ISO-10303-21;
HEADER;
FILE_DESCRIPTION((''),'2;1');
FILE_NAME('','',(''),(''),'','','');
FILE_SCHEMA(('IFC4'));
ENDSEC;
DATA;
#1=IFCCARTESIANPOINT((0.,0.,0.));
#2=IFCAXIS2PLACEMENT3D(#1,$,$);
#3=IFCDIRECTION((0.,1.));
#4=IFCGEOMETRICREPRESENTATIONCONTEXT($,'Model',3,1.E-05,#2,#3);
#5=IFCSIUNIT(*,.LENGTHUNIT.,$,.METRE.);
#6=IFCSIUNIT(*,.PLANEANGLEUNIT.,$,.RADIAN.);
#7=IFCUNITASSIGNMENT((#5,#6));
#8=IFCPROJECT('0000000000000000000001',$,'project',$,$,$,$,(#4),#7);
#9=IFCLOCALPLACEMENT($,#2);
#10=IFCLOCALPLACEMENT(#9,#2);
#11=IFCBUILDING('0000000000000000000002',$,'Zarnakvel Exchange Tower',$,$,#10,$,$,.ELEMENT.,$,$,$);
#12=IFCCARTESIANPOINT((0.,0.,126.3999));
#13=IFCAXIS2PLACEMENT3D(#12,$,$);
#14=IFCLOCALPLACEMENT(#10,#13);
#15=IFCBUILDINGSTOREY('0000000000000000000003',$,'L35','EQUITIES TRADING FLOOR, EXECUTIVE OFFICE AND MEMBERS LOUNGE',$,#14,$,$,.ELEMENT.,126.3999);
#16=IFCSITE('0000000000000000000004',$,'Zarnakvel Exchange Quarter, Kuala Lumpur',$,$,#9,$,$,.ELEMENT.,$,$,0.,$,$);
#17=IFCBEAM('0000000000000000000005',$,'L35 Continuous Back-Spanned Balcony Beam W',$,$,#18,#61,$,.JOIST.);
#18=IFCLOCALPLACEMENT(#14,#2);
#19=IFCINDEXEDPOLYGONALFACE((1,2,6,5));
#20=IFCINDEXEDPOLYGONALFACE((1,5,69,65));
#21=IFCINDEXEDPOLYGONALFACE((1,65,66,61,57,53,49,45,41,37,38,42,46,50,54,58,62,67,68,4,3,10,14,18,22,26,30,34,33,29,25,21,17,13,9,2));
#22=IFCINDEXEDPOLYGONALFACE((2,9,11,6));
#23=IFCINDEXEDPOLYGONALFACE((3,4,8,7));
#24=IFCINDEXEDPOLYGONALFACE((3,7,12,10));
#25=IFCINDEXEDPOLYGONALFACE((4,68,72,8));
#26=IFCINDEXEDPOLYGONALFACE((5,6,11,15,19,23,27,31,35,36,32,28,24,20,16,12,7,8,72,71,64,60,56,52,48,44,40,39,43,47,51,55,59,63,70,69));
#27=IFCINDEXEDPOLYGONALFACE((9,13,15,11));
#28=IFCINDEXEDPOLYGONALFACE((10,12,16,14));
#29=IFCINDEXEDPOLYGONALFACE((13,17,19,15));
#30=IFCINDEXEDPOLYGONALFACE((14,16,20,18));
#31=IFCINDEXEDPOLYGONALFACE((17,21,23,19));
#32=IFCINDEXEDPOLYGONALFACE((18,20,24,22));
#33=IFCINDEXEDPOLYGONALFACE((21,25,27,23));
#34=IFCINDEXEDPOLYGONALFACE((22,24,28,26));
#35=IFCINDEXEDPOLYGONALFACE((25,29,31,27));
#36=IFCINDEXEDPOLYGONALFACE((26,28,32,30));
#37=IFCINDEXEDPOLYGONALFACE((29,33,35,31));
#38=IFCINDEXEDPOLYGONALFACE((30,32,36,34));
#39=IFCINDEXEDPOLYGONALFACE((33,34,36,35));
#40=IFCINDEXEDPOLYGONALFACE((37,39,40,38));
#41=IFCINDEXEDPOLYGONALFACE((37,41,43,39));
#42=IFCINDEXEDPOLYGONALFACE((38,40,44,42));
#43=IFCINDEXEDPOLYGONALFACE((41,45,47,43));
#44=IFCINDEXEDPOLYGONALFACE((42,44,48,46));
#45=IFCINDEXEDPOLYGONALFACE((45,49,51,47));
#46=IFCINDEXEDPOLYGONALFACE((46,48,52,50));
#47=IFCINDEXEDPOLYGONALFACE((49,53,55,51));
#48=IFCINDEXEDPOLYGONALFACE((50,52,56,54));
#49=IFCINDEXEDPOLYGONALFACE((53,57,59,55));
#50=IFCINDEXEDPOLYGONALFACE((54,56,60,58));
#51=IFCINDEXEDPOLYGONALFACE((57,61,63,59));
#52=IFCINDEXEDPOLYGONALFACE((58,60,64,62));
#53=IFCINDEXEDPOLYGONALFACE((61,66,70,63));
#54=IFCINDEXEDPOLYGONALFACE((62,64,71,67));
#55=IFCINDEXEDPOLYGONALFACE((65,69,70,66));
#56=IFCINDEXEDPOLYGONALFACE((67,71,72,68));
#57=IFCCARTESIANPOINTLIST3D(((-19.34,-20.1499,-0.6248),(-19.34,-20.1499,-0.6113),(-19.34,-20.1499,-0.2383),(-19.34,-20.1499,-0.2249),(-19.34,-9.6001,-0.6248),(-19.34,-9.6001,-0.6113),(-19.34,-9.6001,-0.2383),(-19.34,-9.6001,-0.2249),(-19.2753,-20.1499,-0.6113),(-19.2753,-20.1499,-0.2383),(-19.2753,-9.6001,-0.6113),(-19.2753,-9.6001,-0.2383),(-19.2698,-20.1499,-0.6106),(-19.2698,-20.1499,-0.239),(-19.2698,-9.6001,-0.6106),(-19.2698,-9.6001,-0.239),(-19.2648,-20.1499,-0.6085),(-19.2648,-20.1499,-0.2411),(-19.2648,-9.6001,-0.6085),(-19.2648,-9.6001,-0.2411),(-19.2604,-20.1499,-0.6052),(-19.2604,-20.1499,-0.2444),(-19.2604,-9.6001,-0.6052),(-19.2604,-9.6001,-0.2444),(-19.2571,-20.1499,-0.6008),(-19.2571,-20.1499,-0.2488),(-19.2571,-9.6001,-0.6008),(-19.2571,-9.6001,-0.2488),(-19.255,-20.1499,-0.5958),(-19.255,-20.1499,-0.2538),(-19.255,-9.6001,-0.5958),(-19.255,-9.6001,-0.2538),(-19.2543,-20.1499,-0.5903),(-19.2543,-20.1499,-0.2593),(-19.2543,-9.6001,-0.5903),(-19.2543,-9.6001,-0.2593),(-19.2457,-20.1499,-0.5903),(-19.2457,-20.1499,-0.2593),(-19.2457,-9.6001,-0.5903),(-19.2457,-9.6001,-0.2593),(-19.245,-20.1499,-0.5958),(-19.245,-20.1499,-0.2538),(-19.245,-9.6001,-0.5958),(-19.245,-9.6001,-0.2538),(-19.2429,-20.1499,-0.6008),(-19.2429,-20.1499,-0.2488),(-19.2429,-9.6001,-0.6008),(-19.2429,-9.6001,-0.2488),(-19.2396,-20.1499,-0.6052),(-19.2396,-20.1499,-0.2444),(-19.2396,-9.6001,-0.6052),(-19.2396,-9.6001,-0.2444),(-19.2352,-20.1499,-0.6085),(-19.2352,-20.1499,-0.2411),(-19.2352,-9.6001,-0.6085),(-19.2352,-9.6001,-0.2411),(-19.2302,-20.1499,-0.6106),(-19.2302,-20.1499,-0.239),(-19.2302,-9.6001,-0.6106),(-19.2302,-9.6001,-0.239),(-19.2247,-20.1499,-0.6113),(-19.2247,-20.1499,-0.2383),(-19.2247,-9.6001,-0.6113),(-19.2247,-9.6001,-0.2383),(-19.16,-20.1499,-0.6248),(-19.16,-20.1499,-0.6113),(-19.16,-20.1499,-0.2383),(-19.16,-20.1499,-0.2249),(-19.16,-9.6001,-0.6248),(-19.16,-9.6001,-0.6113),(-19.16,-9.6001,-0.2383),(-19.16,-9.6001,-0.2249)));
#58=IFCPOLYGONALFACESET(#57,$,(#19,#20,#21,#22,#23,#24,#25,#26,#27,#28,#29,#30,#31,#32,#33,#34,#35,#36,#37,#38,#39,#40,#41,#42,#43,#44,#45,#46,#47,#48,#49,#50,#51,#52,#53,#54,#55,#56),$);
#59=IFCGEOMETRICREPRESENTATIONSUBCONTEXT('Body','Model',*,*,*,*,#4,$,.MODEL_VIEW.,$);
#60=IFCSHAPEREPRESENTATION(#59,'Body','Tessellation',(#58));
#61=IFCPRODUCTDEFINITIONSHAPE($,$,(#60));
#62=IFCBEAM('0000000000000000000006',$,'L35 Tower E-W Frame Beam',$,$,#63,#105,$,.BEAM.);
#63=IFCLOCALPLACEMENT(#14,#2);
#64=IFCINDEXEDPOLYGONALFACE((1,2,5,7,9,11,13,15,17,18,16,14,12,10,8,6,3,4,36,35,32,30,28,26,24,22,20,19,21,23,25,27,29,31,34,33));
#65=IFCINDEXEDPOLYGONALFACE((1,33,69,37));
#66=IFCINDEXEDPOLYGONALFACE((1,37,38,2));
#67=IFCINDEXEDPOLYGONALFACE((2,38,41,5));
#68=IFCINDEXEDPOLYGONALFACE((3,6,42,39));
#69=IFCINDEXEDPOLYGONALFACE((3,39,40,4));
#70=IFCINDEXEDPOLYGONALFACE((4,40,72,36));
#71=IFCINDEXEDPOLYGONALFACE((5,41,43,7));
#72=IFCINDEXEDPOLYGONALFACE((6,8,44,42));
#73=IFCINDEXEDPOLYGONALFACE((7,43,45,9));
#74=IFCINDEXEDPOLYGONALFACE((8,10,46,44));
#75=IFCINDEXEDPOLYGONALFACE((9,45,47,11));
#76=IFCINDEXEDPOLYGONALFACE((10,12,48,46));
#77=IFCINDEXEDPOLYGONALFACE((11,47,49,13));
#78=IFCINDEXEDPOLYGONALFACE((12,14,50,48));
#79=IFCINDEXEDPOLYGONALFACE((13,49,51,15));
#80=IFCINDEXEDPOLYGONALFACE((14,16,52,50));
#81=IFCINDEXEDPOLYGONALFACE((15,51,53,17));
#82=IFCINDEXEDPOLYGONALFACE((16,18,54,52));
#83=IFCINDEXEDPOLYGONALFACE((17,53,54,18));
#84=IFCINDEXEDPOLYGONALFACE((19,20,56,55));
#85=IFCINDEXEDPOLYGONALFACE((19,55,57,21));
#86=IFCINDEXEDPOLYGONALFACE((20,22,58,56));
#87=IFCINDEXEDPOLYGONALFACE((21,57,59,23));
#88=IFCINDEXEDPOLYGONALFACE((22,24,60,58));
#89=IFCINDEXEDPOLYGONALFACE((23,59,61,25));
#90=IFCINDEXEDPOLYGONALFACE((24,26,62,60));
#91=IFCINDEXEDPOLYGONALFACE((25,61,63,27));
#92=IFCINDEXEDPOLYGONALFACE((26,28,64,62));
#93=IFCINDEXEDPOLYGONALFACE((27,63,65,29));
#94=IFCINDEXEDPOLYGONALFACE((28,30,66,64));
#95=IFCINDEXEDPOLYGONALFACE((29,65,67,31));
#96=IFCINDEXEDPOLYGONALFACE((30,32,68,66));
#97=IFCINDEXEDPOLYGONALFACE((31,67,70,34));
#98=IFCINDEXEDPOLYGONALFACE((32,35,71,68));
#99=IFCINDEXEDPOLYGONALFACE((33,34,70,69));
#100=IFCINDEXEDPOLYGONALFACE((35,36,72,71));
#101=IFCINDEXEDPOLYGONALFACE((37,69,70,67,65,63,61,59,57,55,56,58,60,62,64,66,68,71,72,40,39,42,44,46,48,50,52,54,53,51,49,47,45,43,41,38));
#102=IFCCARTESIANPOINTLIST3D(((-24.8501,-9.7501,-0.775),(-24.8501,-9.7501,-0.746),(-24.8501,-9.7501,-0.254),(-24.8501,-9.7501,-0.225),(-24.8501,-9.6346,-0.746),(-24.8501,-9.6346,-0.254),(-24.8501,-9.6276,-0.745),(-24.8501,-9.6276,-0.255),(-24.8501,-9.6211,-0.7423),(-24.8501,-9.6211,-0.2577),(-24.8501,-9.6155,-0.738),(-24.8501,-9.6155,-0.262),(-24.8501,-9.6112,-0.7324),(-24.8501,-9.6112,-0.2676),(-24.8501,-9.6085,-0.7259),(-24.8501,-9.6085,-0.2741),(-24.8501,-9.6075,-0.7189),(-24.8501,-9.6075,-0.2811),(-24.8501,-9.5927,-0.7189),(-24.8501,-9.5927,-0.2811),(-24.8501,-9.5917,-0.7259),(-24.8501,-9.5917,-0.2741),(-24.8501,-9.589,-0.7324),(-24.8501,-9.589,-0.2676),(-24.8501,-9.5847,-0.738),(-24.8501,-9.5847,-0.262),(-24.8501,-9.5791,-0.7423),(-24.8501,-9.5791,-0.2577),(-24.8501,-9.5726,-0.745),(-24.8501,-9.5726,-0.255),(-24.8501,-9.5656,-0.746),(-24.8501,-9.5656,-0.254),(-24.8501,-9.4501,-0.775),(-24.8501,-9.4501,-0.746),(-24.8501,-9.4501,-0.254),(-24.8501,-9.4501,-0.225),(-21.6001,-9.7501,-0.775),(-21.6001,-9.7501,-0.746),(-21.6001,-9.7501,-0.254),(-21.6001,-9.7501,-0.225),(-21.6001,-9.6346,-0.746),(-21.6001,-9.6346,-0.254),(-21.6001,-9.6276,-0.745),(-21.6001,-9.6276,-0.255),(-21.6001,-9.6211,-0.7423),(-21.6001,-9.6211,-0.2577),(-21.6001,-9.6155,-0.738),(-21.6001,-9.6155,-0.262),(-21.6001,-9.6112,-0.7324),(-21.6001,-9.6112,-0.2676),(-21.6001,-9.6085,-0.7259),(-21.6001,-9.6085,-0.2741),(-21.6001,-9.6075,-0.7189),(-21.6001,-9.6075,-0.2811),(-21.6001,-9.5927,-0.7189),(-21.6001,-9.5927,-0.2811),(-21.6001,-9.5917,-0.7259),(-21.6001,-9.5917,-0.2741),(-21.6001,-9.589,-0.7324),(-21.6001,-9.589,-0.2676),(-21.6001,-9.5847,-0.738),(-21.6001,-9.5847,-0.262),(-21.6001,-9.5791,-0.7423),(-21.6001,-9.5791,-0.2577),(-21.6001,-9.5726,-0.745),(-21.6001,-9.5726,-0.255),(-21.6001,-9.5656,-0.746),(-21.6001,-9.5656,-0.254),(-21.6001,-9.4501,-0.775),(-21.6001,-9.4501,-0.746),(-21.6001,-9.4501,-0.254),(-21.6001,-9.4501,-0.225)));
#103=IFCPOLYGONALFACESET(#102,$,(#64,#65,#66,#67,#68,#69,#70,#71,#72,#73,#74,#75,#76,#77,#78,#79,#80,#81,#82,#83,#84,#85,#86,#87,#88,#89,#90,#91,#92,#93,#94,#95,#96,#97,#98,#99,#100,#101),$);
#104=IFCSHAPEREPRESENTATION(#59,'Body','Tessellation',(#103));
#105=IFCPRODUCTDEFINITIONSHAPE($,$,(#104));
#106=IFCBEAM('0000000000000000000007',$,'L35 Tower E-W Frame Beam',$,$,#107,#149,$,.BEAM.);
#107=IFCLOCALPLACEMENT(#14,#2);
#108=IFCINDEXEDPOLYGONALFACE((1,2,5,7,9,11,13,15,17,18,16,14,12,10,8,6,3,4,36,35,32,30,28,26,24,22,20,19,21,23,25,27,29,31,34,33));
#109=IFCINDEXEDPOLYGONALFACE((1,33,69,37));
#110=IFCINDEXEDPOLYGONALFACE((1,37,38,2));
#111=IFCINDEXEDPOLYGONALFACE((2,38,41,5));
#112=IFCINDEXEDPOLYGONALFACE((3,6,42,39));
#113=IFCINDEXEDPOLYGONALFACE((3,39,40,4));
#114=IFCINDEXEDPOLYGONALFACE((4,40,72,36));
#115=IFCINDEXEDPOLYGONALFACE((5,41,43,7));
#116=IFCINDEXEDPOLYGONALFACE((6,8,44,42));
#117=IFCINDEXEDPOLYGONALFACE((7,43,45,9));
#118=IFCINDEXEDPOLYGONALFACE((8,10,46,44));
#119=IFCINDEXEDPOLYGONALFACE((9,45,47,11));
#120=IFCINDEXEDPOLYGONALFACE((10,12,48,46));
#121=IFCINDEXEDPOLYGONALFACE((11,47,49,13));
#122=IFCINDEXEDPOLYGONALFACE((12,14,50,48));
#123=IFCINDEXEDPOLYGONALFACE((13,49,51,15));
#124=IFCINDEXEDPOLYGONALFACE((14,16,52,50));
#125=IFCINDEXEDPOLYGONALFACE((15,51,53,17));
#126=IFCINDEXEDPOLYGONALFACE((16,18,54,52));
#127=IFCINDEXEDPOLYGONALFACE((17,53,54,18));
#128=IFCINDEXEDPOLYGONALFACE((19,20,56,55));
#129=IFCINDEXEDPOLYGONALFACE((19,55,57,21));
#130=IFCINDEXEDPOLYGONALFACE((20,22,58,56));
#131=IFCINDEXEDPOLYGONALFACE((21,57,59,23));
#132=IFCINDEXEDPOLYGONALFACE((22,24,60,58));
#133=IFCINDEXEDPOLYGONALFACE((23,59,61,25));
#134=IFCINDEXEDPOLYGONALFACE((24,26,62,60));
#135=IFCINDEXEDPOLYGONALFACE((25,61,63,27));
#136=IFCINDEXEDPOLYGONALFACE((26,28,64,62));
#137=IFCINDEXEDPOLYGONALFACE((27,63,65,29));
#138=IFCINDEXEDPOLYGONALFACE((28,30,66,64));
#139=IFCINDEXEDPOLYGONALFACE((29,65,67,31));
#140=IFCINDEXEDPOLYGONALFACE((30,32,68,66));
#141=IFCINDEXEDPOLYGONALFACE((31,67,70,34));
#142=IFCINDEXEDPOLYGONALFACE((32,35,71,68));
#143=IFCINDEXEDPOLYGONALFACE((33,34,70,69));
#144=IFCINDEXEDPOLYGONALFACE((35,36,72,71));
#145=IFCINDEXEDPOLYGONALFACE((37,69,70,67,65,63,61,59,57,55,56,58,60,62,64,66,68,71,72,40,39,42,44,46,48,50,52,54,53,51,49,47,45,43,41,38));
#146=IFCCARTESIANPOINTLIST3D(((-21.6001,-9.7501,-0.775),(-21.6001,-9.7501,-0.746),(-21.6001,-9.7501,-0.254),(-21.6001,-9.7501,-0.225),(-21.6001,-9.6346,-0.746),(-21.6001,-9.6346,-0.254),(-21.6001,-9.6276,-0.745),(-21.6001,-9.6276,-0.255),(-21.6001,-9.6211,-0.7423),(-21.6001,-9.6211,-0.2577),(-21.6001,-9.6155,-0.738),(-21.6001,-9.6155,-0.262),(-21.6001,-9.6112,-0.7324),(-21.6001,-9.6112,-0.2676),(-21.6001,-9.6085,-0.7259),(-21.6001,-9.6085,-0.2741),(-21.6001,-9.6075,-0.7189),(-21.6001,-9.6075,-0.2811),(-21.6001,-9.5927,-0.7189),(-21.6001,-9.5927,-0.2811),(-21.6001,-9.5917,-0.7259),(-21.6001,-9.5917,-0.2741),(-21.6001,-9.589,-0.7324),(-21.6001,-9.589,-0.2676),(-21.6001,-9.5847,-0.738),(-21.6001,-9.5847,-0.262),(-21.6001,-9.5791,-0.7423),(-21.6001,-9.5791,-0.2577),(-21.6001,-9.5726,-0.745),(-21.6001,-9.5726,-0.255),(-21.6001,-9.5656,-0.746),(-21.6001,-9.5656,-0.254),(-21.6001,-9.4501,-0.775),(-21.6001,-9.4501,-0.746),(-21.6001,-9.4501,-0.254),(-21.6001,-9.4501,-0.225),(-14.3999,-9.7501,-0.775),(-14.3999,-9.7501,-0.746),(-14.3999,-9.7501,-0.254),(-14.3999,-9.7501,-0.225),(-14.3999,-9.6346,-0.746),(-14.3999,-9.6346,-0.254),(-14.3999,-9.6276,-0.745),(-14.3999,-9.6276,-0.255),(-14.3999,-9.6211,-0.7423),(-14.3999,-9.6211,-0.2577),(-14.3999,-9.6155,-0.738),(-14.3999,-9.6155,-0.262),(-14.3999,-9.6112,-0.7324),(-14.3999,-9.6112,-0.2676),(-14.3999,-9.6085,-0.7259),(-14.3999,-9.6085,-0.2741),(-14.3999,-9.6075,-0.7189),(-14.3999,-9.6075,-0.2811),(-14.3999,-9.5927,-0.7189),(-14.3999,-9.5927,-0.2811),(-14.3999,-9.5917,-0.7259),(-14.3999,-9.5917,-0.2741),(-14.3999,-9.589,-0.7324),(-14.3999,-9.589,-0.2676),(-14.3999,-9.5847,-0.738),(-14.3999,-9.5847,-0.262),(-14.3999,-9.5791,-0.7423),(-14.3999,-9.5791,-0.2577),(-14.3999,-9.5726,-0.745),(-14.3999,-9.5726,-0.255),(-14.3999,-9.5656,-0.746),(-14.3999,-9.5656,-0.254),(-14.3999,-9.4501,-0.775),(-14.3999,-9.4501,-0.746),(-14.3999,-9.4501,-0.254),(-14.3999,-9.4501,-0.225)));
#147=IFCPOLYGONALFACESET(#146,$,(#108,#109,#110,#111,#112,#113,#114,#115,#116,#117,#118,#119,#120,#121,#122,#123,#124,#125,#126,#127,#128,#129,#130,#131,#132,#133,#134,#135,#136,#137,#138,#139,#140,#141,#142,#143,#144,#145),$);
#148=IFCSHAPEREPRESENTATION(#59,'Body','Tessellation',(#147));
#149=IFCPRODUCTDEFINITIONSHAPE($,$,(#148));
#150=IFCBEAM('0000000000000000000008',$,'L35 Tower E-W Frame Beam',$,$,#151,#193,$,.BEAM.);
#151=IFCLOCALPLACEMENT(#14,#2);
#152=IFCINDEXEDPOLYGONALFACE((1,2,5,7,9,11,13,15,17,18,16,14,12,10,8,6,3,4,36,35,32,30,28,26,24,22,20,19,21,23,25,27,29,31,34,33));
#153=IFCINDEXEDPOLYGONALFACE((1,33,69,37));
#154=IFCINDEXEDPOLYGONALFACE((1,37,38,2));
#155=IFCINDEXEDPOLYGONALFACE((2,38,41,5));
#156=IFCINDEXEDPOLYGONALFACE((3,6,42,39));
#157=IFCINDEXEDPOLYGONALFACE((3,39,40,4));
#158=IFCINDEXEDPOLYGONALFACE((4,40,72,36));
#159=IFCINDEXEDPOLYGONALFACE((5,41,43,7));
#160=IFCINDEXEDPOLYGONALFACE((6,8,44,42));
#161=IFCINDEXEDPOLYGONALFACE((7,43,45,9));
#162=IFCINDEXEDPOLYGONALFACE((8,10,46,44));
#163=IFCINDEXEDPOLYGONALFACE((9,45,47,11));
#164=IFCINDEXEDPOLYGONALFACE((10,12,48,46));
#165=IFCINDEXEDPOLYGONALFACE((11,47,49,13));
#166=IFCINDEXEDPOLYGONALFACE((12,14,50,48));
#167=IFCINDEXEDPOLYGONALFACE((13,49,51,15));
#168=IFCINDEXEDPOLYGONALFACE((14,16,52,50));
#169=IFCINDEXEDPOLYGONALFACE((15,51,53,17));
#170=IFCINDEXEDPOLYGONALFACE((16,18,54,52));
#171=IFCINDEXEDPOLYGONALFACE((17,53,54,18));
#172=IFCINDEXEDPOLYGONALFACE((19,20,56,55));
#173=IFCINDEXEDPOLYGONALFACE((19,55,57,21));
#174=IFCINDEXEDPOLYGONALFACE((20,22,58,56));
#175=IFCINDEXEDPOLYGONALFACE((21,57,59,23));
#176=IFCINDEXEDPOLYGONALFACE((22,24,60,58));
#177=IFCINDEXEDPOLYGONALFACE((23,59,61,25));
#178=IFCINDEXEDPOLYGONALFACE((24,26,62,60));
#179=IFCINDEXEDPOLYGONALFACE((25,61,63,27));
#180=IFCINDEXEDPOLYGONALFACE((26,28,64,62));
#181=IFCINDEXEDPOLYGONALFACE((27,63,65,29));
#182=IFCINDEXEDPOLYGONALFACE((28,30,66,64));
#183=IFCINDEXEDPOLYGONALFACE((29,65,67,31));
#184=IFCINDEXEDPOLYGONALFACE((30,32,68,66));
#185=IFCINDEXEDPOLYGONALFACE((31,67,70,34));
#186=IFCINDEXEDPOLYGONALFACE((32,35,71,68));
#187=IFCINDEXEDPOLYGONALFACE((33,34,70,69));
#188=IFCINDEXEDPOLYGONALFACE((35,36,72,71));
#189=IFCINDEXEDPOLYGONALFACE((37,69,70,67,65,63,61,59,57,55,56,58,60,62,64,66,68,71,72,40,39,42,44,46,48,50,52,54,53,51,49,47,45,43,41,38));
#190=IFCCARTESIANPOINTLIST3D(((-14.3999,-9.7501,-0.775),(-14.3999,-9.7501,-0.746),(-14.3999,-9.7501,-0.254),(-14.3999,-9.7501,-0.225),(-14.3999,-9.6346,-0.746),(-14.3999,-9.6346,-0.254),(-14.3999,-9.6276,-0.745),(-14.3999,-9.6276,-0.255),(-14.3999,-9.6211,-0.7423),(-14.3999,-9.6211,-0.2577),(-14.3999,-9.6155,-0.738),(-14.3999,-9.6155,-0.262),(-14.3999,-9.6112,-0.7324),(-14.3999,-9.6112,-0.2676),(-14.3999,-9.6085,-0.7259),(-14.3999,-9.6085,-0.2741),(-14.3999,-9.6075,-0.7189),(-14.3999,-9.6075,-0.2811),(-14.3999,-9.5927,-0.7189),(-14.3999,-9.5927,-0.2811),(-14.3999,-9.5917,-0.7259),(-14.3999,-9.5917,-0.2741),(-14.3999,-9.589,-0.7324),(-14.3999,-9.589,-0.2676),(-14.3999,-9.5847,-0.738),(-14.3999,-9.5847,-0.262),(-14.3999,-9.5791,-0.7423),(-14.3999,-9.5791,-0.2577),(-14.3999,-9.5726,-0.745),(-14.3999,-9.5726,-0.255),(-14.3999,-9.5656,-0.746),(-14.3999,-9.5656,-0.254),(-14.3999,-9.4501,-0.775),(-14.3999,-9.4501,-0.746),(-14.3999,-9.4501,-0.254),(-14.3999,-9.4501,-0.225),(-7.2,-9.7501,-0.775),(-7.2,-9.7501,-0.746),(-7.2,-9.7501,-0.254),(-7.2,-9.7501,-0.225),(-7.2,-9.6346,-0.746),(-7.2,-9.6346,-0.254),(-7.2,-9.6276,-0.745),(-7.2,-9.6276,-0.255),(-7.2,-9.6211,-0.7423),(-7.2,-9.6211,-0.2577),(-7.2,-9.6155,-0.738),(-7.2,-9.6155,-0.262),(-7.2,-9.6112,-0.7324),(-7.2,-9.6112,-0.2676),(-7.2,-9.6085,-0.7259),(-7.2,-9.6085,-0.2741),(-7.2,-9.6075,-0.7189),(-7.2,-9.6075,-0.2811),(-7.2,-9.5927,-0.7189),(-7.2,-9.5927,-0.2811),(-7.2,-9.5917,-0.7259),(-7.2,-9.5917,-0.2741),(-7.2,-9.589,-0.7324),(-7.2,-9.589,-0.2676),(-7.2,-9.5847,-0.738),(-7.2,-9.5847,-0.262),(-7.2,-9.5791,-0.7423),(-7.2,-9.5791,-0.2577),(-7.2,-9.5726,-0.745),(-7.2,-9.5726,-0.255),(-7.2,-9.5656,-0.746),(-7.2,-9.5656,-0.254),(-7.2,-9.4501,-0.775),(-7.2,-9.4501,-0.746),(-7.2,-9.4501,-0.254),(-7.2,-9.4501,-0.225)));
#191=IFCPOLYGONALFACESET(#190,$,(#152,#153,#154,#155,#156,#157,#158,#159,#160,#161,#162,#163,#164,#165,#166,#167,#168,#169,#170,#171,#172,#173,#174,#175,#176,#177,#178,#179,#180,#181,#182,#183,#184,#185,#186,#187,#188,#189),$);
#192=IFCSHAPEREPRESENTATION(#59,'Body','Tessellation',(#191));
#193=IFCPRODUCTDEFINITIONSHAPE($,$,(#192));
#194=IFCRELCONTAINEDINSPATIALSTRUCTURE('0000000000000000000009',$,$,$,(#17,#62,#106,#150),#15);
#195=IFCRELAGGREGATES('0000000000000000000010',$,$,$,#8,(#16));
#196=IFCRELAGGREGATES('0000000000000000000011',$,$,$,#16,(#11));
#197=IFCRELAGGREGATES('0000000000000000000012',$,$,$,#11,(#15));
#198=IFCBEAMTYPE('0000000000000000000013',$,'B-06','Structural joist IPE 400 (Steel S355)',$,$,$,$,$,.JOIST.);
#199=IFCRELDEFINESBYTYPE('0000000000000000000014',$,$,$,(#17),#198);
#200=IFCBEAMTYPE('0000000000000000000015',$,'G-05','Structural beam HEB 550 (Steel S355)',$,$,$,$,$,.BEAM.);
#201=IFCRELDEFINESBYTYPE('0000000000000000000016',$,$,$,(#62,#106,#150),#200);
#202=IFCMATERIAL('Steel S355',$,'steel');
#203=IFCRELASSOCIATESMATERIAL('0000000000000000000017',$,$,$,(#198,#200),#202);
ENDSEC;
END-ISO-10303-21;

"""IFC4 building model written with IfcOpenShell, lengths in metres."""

from ifc_helpers import new_model, si_unit, direction, frame, origin, origin_2d, place, context, subcontext, project, spatial, i_section, extrude, material, material_profile, profile_set, type_object, element, save


model = new_model("IFC4")

# Units and contexts
model_context = context("Model", 3, precision=1e-05, world=origin(), true_north=direction((0.0, 1.0)))
body_context = subcontext(model_context, "Body", "Model", "MODEL_VIEW")
ifc_project = project(units=[si_unit("LENGTHUNIT", "METRE"), si_unit("PLANEANGLEUNIT", "RADIAN")], contexts=[model_context])

# Site, building, storey
site_placement = place(None, origin())
site = spatial("IfcSite", under=ifc_project, at=site_placement, Name="Zarnakvel Exchange Quarter, Kuala Lumpur", CompositionType="ELEMENT", RefElevation=0.0)
building_placement = place(site_placement, origin())
building = spatial("IfcBuilding", under=site, at=building_placement, Name="Zarnakvel Exchange Tower", CompositionType="ELEMENT")
storey_placement = place(building_placement, frame((0.0, 0.0, 126.3999)))
storey = spatial("IfcBuildingStorey", under=building, at=storey_placement, Name="L35", Description="EQUITIES TRADING FLOOR, EXECUTIVE OFFICE AND MEMBERS LOUNGE", CompositionType="ELEMENT", Elevation=126.3999)

# Shared definitions
ifc_material_1 = material(Name="Steel S355", Category="steel")

# Beams
ifc_material_profile_1 = material_profile(ifc_material_1, i_section(OverallWidth=0.1799, OverallDepth=0.3999, WebThickness=0.0085, FlangeThickness=0.0134, FilletRadius=0.021, at=origin_2d()))
ifc_profile_set_1 = profile_set([ifc_material_profile_1], Name="Steel S355")
beam_type_1 = type_object("IfcBeamType", Name="B-06", Description="Structural joist IPE 400 (Steel S355)", PredefinedType="JOIST", material=ifc_profile_set_1)
beam_1_placement = place(storey_placement, frame((-19.25, -9.6001, -0.4248), z_axis=(0.0, -1.0, 0.0), x_axis=(1.0, 0.0, 0.0)))
element("IfcBeam", 1, at=beam_1_placement, inside=storey, type_object=beam_type_1, Name="L35 Continuous Back-Spanned Balcony Beam W", PredefinedType="JOIST", context=body_context, shape_type="SweptSolid", body=[
    extrude(i_section(OverallWidth=0.1799, OverallDepth=0.3999, WebThickness=0.0085, FlangeThickness=0.0134, FilletRadius=0.021, at=origin_2d()), origin(), (0.0, 0.0, 1.0), 10.5498),
])
ifc_material_profile_2 = material_profile(ifc_material_1, i_section(OverallWidth=0.3, OverallDepth=0.55, WebThickness=0.0149, FlangeThickness=0.0291, FilletRadius=0.0271, at=origin_2d()))
ifc_profile_set_2 = profile_set([ifc_material_profile_2], Name="Steel S355")
beam_type_2 = type_object("IfcBeamType", Name="G-05", Description="Structural beam HEB 550 (Steel S355)", PredefinedType="BEAM", material=ifc_profile_set_2)
beam_2_placement = place(storey_placement, frame((-24.8501, -9.6001, -0.5), z_axis=(1.0, 0.0, 0.0), x_axis=(0.0, 1.0, 0.0)))
element("IfcBeam", 2, at=beam_2_placement, inside=storey, type_object=beam_type_2, Name="L35 Tower E-W Frame Beam", PredefinedType="BEAM", context=body_context, shape_type="SweptSolid", body=[
    extrude(i_section(OverallWidth=0.3, OverallDepth=0.55, WebThickness=0.0149, FlangeThickness=0.0291, FilletRadius=0.0271, at=origin_2d()), origin(), (0.0, 0.0, 1.0), 3.25),
])
beam_3_placement = place(storey_placement, frame((-21.6001, -9.6001, -0.5), z_axis=(1.0, 0.0, 0.0), x_axis=(0.0, 1.0, 0.0)))
element("IfcBeam", 3, at=beam_3_placement, inside=storey, type_object=beam_type_2, Name="L35 Tower E-W Frame Beam", PredefinedType="BEAM", context=body_context, shape_type="SweptSolid", body=[
    extrude(i_section(OverallWidth=0.3, OverallDepth=0.55, WebThickness=0.0149, FlangeThickness=0.0291, FilletRadius=0.0271, at=origin_2d()), origin(), (0.0, 0.0, 1.0), 7.2002),
])
beam_4_placement = place(storey_placement, frame((-14.3999, -9.6001, -0.5), z_axis=(1.0, 0.0, 0.0), x_axis=(0.0, 1.0, 0.0)))
element("IfcBeam", 4, at=beam_4_placement, inside=storey, type_object=beam_type_2, Name="L35 Tower E-W Frame Beam", PredefinedType="BEAM", context=body_context, shape_type="SweptSolid", body=[
    extrude(i_section(OverallWidth=0.3, OverallDepth=0.55, WebThickness=0.0149, FlangeThickness=0.0291, FilletRadius=0.0271, at=origin_2d()), origin(), (0.0, 0.0, 1.0), 7.2),
])

save(model, "model.ifc")
